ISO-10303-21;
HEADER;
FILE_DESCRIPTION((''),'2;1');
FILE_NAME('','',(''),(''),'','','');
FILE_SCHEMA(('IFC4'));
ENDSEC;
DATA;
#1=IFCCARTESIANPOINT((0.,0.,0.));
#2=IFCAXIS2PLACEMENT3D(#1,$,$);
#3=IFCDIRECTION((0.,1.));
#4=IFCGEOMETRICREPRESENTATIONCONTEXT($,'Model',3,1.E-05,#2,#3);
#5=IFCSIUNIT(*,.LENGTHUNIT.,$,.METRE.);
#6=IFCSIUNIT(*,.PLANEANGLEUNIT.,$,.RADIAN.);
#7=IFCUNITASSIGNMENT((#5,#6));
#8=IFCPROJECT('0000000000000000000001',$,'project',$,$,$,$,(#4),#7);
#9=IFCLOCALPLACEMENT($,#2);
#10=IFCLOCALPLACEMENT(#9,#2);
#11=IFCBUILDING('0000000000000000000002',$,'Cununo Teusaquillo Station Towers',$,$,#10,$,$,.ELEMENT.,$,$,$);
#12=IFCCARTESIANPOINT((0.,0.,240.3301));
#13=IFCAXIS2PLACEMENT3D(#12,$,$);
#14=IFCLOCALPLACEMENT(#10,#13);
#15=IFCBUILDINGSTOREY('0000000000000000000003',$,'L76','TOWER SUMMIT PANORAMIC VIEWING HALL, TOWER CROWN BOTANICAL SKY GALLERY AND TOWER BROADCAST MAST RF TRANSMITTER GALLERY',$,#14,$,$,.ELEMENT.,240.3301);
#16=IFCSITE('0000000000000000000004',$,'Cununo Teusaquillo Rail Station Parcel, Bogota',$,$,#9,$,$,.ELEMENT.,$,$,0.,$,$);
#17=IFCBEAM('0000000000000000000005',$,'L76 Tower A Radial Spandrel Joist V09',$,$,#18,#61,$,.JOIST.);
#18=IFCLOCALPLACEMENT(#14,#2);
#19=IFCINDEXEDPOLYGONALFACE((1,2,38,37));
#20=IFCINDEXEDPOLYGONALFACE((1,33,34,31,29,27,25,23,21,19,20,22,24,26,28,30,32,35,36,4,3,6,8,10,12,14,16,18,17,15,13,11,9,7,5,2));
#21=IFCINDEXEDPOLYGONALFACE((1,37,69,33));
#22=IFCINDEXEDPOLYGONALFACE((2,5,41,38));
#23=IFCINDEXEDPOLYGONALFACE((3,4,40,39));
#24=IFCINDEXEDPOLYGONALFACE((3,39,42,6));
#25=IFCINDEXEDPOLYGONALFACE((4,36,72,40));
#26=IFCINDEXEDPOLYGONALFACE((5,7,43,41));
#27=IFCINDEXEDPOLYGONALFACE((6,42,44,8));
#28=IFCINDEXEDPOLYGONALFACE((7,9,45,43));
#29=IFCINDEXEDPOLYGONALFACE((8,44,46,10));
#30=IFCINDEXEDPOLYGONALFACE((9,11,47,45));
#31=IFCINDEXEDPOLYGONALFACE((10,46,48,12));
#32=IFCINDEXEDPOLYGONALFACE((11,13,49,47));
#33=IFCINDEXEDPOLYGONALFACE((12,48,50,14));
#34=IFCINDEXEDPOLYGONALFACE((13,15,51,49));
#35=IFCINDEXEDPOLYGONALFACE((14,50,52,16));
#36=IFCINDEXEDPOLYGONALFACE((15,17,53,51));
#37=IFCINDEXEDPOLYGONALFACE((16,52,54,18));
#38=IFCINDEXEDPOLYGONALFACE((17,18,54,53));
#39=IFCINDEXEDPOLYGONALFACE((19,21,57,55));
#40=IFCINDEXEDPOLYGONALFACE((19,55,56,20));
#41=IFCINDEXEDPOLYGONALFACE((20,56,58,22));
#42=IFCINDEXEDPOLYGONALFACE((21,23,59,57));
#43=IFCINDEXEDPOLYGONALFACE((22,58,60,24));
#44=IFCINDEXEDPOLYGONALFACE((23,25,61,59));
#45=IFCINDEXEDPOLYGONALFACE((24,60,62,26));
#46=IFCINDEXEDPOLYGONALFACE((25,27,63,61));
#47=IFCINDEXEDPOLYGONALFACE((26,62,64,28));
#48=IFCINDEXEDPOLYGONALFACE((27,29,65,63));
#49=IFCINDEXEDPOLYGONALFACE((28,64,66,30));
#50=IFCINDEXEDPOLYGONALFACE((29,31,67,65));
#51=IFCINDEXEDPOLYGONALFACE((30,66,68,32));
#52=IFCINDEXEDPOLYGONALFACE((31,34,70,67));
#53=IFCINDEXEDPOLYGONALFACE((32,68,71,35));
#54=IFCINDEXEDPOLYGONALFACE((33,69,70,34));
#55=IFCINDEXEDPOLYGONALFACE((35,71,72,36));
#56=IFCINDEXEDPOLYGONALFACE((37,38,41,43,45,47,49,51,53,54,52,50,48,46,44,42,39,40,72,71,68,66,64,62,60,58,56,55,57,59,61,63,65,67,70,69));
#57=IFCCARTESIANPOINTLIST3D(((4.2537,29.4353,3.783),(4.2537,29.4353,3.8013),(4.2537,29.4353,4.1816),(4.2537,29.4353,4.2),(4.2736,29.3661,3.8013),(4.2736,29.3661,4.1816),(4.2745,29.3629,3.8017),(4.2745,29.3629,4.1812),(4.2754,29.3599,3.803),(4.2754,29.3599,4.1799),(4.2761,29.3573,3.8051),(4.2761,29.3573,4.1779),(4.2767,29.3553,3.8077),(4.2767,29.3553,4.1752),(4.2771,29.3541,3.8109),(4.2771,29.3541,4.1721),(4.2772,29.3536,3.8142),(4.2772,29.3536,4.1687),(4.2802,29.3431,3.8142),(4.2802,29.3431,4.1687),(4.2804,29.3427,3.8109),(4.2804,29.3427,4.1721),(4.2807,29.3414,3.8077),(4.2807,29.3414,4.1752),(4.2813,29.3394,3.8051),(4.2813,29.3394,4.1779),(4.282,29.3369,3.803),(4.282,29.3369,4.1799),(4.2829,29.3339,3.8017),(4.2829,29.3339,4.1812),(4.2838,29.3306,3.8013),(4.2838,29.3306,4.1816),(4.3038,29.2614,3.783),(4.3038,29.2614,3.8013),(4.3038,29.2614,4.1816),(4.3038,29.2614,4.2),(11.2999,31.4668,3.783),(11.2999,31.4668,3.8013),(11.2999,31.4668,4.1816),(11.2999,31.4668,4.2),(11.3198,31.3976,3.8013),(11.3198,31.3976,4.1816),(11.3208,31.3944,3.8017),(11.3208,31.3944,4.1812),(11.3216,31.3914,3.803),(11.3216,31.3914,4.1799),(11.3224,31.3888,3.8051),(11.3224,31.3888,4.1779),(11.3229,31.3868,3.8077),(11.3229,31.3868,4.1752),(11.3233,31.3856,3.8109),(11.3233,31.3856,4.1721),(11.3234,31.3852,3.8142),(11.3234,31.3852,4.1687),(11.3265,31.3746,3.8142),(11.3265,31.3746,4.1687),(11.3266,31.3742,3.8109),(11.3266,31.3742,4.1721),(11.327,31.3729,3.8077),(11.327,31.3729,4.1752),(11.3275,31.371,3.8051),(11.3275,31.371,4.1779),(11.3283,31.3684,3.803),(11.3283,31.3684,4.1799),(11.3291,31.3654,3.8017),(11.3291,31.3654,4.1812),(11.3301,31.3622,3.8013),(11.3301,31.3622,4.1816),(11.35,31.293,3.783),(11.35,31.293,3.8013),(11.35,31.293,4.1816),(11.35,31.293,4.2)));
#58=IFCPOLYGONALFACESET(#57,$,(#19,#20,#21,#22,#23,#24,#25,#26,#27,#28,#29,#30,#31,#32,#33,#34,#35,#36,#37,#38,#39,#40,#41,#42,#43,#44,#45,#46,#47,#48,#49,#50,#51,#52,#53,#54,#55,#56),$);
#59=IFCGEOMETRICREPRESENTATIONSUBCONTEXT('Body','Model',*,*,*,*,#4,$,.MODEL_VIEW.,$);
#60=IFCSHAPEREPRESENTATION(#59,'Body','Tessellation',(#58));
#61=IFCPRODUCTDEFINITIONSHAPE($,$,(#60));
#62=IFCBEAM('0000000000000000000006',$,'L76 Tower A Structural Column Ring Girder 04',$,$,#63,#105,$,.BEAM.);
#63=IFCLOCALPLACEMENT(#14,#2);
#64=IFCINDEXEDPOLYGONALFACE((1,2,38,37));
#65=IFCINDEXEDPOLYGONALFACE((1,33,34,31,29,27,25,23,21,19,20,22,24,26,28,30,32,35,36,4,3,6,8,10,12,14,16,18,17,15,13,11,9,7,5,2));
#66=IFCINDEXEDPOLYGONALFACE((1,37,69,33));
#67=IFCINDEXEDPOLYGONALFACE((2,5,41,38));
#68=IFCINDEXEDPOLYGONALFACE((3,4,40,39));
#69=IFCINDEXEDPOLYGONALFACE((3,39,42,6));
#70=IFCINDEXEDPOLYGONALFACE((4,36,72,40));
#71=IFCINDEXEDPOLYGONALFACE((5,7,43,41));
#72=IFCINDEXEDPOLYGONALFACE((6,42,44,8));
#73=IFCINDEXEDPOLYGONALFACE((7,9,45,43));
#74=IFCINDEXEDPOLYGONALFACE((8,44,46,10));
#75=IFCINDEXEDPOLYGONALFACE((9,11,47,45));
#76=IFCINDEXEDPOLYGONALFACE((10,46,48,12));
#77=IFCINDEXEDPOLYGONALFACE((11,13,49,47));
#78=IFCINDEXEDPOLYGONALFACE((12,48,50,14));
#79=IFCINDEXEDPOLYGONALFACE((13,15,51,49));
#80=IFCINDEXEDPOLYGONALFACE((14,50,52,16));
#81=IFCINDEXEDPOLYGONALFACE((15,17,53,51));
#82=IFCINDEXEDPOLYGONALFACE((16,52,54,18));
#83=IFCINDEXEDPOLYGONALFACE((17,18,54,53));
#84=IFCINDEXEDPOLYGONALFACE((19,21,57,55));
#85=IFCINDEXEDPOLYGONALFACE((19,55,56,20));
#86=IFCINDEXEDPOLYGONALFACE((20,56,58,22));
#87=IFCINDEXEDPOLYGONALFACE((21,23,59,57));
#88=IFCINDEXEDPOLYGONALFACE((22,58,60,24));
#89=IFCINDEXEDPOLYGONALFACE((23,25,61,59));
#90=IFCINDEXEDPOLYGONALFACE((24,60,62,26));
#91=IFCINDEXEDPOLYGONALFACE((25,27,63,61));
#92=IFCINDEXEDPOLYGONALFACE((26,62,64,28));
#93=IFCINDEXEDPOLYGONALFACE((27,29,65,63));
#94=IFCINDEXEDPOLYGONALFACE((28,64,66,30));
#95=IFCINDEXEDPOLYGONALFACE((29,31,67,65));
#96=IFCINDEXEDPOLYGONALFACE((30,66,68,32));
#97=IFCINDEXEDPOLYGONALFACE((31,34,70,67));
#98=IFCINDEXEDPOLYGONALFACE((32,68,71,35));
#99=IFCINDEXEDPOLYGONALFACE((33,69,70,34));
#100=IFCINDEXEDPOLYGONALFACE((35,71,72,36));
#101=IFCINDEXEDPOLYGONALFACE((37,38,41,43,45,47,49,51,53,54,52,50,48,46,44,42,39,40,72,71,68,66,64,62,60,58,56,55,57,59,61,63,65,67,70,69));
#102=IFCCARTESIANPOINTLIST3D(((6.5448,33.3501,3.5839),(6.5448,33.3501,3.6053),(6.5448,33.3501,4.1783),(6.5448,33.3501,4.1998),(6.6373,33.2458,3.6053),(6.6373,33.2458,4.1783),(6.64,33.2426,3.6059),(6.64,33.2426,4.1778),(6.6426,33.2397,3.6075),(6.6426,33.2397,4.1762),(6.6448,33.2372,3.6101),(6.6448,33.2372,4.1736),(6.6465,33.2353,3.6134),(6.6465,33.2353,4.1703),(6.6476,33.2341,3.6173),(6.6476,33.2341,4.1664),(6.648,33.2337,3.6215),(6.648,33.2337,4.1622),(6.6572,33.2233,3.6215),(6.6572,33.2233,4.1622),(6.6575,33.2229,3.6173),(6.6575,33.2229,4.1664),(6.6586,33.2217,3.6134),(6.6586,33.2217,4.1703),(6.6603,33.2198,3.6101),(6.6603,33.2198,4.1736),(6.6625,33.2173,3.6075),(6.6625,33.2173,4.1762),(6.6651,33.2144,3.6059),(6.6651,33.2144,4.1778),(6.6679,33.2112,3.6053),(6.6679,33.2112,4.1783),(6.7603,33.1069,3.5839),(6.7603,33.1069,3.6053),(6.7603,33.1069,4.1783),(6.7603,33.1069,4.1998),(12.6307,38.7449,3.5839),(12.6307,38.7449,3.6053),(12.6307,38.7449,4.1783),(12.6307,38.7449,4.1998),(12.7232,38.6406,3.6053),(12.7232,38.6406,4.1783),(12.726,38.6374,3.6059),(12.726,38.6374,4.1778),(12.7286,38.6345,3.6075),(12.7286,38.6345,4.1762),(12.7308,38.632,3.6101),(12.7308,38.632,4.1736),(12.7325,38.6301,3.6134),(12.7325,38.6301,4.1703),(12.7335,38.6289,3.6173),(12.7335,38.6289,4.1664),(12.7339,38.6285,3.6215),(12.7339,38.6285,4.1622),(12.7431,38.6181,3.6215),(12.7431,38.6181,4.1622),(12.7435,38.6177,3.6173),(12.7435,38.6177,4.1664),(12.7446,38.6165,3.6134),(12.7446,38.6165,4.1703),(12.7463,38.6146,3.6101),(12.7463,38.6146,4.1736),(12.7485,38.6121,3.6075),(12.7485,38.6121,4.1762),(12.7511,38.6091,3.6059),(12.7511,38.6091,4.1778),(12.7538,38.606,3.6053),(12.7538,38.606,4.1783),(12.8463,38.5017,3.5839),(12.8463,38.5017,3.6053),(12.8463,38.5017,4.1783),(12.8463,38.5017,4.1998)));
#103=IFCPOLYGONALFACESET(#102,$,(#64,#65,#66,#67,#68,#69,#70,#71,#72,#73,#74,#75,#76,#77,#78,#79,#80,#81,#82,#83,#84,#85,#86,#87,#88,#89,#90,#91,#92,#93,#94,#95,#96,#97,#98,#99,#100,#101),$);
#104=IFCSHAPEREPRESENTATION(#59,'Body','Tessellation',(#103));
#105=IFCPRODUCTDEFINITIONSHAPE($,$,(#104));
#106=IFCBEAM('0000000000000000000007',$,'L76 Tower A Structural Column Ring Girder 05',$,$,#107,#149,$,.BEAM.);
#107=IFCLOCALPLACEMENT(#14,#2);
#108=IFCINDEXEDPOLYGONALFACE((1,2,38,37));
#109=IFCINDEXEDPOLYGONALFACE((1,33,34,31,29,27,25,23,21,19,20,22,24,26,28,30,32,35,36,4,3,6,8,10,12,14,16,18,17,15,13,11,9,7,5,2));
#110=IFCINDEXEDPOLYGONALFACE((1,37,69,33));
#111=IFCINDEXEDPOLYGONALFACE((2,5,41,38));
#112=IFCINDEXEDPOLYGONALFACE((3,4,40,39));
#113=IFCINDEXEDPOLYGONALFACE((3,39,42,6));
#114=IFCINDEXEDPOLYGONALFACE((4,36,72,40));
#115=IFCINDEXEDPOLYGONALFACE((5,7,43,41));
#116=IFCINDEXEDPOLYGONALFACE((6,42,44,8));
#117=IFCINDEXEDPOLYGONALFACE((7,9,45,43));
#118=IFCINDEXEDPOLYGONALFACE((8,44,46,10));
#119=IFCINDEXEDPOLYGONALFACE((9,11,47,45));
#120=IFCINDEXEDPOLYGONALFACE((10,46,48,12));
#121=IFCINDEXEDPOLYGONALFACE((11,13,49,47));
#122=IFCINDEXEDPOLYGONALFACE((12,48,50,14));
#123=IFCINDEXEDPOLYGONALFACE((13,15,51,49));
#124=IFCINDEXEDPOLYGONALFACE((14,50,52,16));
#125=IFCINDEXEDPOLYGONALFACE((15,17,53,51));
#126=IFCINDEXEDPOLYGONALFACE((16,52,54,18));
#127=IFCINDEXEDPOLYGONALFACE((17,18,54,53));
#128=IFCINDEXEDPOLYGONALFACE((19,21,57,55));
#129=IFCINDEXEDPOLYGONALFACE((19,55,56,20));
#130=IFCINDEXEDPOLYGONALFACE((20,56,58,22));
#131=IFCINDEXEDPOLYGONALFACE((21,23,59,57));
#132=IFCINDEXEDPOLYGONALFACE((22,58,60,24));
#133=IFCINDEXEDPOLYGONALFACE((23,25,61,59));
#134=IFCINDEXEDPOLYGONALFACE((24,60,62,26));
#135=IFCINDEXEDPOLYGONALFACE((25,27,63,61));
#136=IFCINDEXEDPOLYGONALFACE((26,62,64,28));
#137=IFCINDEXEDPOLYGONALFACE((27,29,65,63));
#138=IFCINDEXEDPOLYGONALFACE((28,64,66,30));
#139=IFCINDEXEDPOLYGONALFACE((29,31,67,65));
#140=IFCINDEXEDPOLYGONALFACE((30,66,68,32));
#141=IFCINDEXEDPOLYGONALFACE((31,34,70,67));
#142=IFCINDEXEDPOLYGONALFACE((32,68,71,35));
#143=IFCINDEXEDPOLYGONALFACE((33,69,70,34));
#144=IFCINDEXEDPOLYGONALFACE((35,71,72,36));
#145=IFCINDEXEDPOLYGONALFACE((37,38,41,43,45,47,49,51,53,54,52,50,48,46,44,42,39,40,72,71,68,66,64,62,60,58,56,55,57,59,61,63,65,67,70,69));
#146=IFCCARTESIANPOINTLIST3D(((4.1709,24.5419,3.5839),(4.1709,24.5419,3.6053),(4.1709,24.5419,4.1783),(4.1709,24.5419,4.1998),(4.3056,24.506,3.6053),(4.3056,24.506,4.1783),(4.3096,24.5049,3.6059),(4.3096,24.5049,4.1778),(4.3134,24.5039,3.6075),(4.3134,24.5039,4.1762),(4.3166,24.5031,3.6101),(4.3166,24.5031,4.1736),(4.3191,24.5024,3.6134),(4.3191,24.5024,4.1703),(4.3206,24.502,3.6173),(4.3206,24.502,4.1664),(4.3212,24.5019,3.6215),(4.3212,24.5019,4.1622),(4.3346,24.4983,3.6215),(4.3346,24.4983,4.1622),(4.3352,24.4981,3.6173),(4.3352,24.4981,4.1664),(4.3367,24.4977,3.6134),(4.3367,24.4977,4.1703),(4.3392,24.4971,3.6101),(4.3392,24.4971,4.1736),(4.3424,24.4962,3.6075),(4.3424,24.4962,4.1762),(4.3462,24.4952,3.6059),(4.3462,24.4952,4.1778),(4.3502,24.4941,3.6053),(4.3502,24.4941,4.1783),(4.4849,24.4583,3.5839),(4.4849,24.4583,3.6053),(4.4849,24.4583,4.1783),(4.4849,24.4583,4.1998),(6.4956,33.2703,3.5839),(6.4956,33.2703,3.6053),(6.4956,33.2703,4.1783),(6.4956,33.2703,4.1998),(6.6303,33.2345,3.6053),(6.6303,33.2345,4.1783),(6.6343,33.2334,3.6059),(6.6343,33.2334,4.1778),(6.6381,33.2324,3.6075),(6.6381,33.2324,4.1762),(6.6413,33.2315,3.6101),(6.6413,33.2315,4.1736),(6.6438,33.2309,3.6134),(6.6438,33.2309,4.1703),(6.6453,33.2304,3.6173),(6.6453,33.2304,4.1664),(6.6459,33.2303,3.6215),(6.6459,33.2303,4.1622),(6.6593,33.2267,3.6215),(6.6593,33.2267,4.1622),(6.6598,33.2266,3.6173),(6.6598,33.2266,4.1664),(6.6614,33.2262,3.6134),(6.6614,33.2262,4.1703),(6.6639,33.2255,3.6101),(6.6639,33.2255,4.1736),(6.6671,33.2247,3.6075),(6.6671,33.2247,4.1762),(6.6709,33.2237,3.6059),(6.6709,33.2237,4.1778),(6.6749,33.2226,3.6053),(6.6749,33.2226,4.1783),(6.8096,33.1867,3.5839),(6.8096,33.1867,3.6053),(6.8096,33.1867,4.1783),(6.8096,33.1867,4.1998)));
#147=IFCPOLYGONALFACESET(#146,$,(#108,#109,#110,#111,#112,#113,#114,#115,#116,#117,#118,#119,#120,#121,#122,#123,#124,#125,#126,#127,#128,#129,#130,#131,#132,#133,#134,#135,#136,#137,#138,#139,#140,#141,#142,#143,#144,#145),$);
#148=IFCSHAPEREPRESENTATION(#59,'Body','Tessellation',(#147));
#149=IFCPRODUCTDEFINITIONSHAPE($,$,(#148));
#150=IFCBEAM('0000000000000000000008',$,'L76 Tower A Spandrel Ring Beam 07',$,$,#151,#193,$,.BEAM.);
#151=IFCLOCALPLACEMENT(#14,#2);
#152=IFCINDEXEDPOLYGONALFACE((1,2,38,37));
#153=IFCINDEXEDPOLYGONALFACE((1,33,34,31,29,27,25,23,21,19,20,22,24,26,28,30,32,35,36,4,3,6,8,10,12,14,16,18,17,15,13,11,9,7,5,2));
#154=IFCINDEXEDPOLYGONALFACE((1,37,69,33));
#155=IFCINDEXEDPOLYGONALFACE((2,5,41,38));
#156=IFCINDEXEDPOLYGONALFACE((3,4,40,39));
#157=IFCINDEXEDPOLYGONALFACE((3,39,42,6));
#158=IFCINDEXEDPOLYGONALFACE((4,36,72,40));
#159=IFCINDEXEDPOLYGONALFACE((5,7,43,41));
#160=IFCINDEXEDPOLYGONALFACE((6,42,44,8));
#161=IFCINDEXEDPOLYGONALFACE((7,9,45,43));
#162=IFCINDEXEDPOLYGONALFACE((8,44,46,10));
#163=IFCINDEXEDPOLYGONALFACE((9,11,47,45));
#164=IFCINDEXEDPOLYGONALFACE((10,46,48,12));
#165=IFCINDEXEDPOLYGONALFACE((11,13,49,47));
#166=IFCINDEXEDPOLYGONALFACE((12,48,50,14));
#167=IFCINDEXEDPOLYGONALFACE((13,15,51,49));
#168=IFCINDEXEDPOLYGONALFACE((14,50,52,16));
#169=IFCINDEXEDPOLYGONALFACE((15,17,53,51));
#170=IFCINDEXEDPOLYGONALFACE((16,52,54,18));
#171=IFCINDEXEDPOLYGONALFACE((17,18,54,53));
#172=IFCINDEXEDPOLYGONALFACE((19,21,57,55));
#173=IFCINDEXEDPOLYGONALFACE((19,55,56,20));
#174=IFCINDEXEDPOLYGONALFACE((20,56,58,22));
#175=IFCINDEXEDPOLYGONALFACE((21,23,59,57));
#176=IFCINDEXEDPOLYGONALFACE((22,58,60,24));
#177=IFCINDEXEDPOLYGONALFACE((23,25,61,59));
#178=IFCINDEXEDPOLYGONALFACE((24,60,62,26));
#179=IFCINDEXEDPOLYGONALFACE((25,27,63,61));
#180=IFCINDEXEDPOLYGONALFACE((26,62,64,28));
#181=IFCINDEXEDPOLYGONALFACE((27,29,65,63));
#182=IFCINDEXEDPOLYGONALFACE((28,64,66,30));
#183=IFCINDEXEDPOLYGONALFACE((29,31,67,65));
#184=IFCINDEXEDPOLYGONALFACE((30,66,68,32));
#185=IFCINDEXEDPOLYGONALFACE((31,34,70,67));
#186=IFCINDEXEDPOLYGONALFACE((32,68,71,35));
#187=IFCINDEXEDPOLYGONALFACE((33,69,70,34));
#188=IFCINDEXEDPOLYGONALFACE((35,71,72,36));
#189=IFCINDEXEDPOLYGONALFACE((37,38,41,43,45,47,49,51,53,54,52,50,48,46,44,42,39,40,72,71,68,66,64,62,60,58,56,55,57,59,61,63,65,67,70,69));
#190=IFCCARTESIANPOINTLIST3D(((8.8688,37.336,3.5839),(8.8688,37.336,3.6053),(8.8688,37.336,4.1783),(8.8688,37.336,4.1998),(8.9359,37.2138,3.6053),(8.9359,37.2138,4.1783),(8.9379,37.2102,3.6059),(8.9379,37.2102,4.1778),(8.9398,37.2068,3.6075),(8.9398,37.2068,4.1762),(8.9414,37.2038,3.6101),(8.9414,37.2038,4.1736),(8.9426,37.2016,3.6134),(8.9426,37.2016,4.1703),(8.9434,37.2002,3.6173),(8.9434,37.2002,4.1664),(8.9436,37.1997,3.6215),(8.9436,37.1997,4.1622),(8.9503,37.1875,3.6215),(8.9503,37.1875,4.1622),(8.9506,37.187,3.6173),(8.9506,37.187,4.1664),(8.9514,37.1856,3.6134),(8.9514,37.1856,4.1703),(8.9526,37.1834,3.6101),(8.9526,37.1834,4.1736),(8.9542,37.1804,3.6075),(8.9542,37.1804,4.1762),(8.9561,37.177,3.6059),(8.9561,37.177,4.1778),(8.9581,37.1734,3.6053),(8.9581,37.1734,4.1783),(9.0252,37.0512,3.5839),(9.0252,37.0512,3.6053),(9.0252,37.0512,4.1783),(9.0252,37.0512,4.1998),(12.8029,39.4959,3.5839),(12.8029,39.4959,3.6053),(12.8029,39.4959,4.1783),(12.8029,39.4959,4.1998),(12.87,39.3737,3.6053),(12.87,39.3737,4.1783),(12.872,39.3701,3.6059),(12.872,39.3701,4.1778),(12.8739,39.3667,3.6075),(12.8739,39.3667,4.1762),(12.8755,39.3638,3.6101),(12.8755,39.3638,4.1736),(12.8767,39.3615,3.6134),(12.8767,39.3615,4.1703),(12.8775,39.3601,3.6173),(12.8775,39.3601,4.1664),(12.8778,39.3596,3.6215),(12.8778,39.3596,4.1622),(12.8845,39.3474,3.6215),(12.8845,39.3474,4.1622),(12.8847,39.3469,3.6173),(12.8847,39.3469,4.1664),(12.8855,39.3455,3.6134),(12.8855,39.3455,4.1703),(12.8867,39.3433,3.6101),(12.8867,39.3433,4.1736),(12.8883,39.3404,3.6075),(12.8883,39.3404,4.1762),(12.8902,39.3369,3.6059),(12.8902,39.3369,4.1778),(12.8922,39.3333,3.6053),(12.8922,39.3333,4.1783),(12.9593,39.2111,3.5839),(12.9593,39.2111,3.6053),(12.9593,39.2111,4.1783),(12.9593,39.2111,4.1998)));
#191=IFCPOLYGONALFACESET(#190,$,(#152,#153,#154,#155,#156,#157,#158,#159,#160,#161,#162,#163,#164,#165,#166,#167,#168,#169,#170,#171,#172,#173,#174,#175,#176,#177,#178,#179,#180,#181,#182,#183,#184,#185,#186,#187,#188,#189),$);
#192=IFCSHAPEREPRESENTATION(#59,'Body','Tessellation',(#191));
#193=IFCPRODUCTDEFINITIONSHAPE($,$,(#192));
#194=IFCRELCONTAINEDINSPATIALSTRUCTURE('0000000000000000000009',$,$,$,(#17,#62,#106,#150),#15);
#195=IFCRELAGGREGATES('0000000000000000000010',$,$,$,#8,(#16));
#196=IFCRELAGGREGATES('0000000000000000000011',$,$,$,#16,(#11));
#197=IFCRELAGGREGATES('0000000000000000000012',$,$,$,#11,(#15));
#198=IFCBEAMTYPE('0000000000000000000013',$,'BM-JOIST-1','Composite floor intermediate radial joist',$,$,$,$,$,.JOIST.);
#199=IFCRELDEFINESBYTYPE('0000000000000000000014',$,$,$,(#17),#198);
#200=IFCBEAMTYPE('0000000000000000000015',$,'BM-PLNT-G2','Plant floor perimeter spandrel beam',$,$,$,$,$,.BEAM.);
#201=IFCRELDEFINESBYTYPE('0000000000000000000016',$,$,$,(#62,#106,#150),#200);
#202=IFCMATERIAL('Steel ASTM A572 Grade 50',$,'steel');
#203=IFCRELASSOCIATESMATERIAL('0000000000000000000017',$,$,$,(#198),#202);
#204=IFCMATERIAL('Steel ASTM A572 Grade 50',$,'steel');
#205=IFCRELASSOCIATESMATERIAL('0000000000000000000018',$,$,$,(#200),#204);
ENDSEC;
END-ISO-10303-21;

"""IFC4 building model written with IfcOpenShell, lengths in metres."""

from ifc_helpers import new_model, si_unit, direction, frame, origin, origin_2d, place, context, subcontext, project, spatial, i_section, extrude, material, material_profile, profile_set, type_object, element, save


model = new_model("IFC4")

# Units and contexts
model_context = context("Model", 3, precision=1e-05, world=origin(), true_north=direction((0.0, 1.0)))
body_context = subcontext(model_context, "Body", "Model", "MODEL_VIEW")
ifc_project = project(units=[si_unit("LENGTHUNIT", "METRE"), si_unit("PLANEANGLEUNIT", "RADIAN")], contexts=[model_context])

# Site, building, storey
site_placement = place(None, origin())
site = spatial("IfcSite", under=ifc_project, at=site_placement, Name="Cununo Teusaquillo Rail Station Parcel, Bogota", CompositionType="ELEMENT", RefElevation=0.0)
building_placement = place(site_placement, origin())
building = spatial("IfcBuilding", under=site, at=building_placement, Name="Cununo Teusaquillo Station Towers", CompositionType="ELEMENT")
storey_placement = place(building_placement, frame((0.0, 0.0, 240.3301)))
storey = spatial("IfcBuildingStorey", under=building, at=storey_placement, Name="L76", Description="TOWER SUMMIT PANORAMIC VIEWING HALL, TOWER CROWN BOTANICAL SKY GALLERY AND TOWER BROADCAST MAST RF TRANSMITTER GALLERY", CompositionType="ELEMENT", Elevation=240.3301)

# Beams
ifc_material_1 = material(Name="Steel ASTM A572 Grade 50", Category="steel")
ifc_material_profile_1 = material_profile(ifc_material_1, i_section(OverallWidth=0.1809, OverallDepth=0.417, WebThickness=0.011, FlangeThickness=0.0183, FilletRadius=0.0129, at=origin_2d()), Name="W16X57")
ifc_profile_set_1 = profile_set([ifc_material_profile_1], Name="Steel ASTM A572 Grade 50")
beam_type_1 = type_object("IfcBeamType", Name="BM-JOIST-1", Description="Composite floor intermediate radial joist", PredefinedType="JOIST", material=ifc_profile_set_1)
beam_1_placement = place(storey_placement, frame((11.325, 31.3799, 3.9915), z_axis=(-0.960862, -0.277029, 0.0), x_axis=(0.277029, -0.960862, 0.0)))
element("IfcBeam", 1, at=beam_1_placement, inside=storey, type_object=beam_type_1, Name="L76 Tower A Radial Spandrel Joist V09", PredefinedType="JOIST", context=body_context, shape_type="SweptSolid", body=[
    extrude(i_section(OverallWidth=0.1809, OverallDepth=0.417, WebThickness=0.011, FlangeThickness=0.0183, FilletRadius=0.0129, at=origin_2d()), origin(), (0.0, 0.0, 1.0), 7.3333),
])
ifc_material_2 = material(Name="Steel ASTM A572 Grade 50", Category="steel")
ifc_material_profile_2 = material_profile(ifc_material_2, i_section(OverallWidth=0.325, OverallDepth=0.616, WebThickness=0.0139, FlangeThickness=0.0215, FilletRadius=0.0161, at=origin_2d()), Name="W24X117")
ifc_profile_set_2 = profile_set([ifc_material_profile_2], Name="Steel ASTM A572 Grade 50")
beam_type_2 = type_object("IfcBeamType", Name="BM-PLNT-G2", Description="Plant floor perimeter spandrel beam", PredefinedType="BEAM", material=ifc_profile_set_2)
beam_2_placement = place(storey_placement, frame((12.7385, 38.6233, 3.8918), z_axis=(-0.748321, -0.663337, 0.0), x_axis=(0.663337, -0.748321, 0.0)))
element("IfcBeam", 2, at=beam_2_placement, inside=storey, type_object=beam_type_2, Name="L76 Tower A Structural Column Ring Girder 04", PredefinedType="BEAM", context=body_context, shape_type="SweptSolid", body=[
    extrude(i_section(OverallWidth=0.325, OverallDepth=0.616, WebThickness=0.0139, FlangeThickness=0.0215, FilletRadius=0.0161, at=origin_2d()), origin(), (0.0, 0.0, 1.0), 8.1328),
])
beam_3_placement = place(storey_placement, frame((6.6526, 33.2285, 3.8918), z_axis=(-0.257363, -0.966315, 0.0), x_axis=(0.966315, -0.257363, 0.0)))
element("IfcBeam", 3, at=beam_3_placement, inside=storey, type_object=beam_type_2, Name="L76 Tower A Structural Column Ring Girder 05", PredefinedType="BEAM", context=body_context, shape_type="SweptSolid", body=[
    extrude(i_section(OverallWidth=0.325, OverallDepth=0.616, WebThickness=0.0139, FlangeThickness=0.0215, FilletRadius=0.0161, at=origin_2d()), origin(), (0.0, 0.0, 1.0), 9.0327),
])
beam_4_placement = place(storey_placement, frame((12.8811, 39.3535, 3.8918), z_axis=(-0.876576, -0.481263, 0.0), x_axis=(0.481263, -0.876576, 0.0)))
element("IfcBeam", 4, at=beam_4_placement, inside=storey, type_object=beam_type_2, Name="L76 Tower A Spandrel Ring Beam 07", PredefinedType="BEAM", context=body_context, shape_type="SweptSolid", body=[
    extrude(i_section(OverallWidth=0.325, OverallDepth=0.616, WebThickness=0.0139, FlangeThickness=0.0215, FilletRadius=0.0161, at=origin_2d()), origin(), (0.0, 0.0, 1.0), 4.488),
])

save(model, "model.ifc")
